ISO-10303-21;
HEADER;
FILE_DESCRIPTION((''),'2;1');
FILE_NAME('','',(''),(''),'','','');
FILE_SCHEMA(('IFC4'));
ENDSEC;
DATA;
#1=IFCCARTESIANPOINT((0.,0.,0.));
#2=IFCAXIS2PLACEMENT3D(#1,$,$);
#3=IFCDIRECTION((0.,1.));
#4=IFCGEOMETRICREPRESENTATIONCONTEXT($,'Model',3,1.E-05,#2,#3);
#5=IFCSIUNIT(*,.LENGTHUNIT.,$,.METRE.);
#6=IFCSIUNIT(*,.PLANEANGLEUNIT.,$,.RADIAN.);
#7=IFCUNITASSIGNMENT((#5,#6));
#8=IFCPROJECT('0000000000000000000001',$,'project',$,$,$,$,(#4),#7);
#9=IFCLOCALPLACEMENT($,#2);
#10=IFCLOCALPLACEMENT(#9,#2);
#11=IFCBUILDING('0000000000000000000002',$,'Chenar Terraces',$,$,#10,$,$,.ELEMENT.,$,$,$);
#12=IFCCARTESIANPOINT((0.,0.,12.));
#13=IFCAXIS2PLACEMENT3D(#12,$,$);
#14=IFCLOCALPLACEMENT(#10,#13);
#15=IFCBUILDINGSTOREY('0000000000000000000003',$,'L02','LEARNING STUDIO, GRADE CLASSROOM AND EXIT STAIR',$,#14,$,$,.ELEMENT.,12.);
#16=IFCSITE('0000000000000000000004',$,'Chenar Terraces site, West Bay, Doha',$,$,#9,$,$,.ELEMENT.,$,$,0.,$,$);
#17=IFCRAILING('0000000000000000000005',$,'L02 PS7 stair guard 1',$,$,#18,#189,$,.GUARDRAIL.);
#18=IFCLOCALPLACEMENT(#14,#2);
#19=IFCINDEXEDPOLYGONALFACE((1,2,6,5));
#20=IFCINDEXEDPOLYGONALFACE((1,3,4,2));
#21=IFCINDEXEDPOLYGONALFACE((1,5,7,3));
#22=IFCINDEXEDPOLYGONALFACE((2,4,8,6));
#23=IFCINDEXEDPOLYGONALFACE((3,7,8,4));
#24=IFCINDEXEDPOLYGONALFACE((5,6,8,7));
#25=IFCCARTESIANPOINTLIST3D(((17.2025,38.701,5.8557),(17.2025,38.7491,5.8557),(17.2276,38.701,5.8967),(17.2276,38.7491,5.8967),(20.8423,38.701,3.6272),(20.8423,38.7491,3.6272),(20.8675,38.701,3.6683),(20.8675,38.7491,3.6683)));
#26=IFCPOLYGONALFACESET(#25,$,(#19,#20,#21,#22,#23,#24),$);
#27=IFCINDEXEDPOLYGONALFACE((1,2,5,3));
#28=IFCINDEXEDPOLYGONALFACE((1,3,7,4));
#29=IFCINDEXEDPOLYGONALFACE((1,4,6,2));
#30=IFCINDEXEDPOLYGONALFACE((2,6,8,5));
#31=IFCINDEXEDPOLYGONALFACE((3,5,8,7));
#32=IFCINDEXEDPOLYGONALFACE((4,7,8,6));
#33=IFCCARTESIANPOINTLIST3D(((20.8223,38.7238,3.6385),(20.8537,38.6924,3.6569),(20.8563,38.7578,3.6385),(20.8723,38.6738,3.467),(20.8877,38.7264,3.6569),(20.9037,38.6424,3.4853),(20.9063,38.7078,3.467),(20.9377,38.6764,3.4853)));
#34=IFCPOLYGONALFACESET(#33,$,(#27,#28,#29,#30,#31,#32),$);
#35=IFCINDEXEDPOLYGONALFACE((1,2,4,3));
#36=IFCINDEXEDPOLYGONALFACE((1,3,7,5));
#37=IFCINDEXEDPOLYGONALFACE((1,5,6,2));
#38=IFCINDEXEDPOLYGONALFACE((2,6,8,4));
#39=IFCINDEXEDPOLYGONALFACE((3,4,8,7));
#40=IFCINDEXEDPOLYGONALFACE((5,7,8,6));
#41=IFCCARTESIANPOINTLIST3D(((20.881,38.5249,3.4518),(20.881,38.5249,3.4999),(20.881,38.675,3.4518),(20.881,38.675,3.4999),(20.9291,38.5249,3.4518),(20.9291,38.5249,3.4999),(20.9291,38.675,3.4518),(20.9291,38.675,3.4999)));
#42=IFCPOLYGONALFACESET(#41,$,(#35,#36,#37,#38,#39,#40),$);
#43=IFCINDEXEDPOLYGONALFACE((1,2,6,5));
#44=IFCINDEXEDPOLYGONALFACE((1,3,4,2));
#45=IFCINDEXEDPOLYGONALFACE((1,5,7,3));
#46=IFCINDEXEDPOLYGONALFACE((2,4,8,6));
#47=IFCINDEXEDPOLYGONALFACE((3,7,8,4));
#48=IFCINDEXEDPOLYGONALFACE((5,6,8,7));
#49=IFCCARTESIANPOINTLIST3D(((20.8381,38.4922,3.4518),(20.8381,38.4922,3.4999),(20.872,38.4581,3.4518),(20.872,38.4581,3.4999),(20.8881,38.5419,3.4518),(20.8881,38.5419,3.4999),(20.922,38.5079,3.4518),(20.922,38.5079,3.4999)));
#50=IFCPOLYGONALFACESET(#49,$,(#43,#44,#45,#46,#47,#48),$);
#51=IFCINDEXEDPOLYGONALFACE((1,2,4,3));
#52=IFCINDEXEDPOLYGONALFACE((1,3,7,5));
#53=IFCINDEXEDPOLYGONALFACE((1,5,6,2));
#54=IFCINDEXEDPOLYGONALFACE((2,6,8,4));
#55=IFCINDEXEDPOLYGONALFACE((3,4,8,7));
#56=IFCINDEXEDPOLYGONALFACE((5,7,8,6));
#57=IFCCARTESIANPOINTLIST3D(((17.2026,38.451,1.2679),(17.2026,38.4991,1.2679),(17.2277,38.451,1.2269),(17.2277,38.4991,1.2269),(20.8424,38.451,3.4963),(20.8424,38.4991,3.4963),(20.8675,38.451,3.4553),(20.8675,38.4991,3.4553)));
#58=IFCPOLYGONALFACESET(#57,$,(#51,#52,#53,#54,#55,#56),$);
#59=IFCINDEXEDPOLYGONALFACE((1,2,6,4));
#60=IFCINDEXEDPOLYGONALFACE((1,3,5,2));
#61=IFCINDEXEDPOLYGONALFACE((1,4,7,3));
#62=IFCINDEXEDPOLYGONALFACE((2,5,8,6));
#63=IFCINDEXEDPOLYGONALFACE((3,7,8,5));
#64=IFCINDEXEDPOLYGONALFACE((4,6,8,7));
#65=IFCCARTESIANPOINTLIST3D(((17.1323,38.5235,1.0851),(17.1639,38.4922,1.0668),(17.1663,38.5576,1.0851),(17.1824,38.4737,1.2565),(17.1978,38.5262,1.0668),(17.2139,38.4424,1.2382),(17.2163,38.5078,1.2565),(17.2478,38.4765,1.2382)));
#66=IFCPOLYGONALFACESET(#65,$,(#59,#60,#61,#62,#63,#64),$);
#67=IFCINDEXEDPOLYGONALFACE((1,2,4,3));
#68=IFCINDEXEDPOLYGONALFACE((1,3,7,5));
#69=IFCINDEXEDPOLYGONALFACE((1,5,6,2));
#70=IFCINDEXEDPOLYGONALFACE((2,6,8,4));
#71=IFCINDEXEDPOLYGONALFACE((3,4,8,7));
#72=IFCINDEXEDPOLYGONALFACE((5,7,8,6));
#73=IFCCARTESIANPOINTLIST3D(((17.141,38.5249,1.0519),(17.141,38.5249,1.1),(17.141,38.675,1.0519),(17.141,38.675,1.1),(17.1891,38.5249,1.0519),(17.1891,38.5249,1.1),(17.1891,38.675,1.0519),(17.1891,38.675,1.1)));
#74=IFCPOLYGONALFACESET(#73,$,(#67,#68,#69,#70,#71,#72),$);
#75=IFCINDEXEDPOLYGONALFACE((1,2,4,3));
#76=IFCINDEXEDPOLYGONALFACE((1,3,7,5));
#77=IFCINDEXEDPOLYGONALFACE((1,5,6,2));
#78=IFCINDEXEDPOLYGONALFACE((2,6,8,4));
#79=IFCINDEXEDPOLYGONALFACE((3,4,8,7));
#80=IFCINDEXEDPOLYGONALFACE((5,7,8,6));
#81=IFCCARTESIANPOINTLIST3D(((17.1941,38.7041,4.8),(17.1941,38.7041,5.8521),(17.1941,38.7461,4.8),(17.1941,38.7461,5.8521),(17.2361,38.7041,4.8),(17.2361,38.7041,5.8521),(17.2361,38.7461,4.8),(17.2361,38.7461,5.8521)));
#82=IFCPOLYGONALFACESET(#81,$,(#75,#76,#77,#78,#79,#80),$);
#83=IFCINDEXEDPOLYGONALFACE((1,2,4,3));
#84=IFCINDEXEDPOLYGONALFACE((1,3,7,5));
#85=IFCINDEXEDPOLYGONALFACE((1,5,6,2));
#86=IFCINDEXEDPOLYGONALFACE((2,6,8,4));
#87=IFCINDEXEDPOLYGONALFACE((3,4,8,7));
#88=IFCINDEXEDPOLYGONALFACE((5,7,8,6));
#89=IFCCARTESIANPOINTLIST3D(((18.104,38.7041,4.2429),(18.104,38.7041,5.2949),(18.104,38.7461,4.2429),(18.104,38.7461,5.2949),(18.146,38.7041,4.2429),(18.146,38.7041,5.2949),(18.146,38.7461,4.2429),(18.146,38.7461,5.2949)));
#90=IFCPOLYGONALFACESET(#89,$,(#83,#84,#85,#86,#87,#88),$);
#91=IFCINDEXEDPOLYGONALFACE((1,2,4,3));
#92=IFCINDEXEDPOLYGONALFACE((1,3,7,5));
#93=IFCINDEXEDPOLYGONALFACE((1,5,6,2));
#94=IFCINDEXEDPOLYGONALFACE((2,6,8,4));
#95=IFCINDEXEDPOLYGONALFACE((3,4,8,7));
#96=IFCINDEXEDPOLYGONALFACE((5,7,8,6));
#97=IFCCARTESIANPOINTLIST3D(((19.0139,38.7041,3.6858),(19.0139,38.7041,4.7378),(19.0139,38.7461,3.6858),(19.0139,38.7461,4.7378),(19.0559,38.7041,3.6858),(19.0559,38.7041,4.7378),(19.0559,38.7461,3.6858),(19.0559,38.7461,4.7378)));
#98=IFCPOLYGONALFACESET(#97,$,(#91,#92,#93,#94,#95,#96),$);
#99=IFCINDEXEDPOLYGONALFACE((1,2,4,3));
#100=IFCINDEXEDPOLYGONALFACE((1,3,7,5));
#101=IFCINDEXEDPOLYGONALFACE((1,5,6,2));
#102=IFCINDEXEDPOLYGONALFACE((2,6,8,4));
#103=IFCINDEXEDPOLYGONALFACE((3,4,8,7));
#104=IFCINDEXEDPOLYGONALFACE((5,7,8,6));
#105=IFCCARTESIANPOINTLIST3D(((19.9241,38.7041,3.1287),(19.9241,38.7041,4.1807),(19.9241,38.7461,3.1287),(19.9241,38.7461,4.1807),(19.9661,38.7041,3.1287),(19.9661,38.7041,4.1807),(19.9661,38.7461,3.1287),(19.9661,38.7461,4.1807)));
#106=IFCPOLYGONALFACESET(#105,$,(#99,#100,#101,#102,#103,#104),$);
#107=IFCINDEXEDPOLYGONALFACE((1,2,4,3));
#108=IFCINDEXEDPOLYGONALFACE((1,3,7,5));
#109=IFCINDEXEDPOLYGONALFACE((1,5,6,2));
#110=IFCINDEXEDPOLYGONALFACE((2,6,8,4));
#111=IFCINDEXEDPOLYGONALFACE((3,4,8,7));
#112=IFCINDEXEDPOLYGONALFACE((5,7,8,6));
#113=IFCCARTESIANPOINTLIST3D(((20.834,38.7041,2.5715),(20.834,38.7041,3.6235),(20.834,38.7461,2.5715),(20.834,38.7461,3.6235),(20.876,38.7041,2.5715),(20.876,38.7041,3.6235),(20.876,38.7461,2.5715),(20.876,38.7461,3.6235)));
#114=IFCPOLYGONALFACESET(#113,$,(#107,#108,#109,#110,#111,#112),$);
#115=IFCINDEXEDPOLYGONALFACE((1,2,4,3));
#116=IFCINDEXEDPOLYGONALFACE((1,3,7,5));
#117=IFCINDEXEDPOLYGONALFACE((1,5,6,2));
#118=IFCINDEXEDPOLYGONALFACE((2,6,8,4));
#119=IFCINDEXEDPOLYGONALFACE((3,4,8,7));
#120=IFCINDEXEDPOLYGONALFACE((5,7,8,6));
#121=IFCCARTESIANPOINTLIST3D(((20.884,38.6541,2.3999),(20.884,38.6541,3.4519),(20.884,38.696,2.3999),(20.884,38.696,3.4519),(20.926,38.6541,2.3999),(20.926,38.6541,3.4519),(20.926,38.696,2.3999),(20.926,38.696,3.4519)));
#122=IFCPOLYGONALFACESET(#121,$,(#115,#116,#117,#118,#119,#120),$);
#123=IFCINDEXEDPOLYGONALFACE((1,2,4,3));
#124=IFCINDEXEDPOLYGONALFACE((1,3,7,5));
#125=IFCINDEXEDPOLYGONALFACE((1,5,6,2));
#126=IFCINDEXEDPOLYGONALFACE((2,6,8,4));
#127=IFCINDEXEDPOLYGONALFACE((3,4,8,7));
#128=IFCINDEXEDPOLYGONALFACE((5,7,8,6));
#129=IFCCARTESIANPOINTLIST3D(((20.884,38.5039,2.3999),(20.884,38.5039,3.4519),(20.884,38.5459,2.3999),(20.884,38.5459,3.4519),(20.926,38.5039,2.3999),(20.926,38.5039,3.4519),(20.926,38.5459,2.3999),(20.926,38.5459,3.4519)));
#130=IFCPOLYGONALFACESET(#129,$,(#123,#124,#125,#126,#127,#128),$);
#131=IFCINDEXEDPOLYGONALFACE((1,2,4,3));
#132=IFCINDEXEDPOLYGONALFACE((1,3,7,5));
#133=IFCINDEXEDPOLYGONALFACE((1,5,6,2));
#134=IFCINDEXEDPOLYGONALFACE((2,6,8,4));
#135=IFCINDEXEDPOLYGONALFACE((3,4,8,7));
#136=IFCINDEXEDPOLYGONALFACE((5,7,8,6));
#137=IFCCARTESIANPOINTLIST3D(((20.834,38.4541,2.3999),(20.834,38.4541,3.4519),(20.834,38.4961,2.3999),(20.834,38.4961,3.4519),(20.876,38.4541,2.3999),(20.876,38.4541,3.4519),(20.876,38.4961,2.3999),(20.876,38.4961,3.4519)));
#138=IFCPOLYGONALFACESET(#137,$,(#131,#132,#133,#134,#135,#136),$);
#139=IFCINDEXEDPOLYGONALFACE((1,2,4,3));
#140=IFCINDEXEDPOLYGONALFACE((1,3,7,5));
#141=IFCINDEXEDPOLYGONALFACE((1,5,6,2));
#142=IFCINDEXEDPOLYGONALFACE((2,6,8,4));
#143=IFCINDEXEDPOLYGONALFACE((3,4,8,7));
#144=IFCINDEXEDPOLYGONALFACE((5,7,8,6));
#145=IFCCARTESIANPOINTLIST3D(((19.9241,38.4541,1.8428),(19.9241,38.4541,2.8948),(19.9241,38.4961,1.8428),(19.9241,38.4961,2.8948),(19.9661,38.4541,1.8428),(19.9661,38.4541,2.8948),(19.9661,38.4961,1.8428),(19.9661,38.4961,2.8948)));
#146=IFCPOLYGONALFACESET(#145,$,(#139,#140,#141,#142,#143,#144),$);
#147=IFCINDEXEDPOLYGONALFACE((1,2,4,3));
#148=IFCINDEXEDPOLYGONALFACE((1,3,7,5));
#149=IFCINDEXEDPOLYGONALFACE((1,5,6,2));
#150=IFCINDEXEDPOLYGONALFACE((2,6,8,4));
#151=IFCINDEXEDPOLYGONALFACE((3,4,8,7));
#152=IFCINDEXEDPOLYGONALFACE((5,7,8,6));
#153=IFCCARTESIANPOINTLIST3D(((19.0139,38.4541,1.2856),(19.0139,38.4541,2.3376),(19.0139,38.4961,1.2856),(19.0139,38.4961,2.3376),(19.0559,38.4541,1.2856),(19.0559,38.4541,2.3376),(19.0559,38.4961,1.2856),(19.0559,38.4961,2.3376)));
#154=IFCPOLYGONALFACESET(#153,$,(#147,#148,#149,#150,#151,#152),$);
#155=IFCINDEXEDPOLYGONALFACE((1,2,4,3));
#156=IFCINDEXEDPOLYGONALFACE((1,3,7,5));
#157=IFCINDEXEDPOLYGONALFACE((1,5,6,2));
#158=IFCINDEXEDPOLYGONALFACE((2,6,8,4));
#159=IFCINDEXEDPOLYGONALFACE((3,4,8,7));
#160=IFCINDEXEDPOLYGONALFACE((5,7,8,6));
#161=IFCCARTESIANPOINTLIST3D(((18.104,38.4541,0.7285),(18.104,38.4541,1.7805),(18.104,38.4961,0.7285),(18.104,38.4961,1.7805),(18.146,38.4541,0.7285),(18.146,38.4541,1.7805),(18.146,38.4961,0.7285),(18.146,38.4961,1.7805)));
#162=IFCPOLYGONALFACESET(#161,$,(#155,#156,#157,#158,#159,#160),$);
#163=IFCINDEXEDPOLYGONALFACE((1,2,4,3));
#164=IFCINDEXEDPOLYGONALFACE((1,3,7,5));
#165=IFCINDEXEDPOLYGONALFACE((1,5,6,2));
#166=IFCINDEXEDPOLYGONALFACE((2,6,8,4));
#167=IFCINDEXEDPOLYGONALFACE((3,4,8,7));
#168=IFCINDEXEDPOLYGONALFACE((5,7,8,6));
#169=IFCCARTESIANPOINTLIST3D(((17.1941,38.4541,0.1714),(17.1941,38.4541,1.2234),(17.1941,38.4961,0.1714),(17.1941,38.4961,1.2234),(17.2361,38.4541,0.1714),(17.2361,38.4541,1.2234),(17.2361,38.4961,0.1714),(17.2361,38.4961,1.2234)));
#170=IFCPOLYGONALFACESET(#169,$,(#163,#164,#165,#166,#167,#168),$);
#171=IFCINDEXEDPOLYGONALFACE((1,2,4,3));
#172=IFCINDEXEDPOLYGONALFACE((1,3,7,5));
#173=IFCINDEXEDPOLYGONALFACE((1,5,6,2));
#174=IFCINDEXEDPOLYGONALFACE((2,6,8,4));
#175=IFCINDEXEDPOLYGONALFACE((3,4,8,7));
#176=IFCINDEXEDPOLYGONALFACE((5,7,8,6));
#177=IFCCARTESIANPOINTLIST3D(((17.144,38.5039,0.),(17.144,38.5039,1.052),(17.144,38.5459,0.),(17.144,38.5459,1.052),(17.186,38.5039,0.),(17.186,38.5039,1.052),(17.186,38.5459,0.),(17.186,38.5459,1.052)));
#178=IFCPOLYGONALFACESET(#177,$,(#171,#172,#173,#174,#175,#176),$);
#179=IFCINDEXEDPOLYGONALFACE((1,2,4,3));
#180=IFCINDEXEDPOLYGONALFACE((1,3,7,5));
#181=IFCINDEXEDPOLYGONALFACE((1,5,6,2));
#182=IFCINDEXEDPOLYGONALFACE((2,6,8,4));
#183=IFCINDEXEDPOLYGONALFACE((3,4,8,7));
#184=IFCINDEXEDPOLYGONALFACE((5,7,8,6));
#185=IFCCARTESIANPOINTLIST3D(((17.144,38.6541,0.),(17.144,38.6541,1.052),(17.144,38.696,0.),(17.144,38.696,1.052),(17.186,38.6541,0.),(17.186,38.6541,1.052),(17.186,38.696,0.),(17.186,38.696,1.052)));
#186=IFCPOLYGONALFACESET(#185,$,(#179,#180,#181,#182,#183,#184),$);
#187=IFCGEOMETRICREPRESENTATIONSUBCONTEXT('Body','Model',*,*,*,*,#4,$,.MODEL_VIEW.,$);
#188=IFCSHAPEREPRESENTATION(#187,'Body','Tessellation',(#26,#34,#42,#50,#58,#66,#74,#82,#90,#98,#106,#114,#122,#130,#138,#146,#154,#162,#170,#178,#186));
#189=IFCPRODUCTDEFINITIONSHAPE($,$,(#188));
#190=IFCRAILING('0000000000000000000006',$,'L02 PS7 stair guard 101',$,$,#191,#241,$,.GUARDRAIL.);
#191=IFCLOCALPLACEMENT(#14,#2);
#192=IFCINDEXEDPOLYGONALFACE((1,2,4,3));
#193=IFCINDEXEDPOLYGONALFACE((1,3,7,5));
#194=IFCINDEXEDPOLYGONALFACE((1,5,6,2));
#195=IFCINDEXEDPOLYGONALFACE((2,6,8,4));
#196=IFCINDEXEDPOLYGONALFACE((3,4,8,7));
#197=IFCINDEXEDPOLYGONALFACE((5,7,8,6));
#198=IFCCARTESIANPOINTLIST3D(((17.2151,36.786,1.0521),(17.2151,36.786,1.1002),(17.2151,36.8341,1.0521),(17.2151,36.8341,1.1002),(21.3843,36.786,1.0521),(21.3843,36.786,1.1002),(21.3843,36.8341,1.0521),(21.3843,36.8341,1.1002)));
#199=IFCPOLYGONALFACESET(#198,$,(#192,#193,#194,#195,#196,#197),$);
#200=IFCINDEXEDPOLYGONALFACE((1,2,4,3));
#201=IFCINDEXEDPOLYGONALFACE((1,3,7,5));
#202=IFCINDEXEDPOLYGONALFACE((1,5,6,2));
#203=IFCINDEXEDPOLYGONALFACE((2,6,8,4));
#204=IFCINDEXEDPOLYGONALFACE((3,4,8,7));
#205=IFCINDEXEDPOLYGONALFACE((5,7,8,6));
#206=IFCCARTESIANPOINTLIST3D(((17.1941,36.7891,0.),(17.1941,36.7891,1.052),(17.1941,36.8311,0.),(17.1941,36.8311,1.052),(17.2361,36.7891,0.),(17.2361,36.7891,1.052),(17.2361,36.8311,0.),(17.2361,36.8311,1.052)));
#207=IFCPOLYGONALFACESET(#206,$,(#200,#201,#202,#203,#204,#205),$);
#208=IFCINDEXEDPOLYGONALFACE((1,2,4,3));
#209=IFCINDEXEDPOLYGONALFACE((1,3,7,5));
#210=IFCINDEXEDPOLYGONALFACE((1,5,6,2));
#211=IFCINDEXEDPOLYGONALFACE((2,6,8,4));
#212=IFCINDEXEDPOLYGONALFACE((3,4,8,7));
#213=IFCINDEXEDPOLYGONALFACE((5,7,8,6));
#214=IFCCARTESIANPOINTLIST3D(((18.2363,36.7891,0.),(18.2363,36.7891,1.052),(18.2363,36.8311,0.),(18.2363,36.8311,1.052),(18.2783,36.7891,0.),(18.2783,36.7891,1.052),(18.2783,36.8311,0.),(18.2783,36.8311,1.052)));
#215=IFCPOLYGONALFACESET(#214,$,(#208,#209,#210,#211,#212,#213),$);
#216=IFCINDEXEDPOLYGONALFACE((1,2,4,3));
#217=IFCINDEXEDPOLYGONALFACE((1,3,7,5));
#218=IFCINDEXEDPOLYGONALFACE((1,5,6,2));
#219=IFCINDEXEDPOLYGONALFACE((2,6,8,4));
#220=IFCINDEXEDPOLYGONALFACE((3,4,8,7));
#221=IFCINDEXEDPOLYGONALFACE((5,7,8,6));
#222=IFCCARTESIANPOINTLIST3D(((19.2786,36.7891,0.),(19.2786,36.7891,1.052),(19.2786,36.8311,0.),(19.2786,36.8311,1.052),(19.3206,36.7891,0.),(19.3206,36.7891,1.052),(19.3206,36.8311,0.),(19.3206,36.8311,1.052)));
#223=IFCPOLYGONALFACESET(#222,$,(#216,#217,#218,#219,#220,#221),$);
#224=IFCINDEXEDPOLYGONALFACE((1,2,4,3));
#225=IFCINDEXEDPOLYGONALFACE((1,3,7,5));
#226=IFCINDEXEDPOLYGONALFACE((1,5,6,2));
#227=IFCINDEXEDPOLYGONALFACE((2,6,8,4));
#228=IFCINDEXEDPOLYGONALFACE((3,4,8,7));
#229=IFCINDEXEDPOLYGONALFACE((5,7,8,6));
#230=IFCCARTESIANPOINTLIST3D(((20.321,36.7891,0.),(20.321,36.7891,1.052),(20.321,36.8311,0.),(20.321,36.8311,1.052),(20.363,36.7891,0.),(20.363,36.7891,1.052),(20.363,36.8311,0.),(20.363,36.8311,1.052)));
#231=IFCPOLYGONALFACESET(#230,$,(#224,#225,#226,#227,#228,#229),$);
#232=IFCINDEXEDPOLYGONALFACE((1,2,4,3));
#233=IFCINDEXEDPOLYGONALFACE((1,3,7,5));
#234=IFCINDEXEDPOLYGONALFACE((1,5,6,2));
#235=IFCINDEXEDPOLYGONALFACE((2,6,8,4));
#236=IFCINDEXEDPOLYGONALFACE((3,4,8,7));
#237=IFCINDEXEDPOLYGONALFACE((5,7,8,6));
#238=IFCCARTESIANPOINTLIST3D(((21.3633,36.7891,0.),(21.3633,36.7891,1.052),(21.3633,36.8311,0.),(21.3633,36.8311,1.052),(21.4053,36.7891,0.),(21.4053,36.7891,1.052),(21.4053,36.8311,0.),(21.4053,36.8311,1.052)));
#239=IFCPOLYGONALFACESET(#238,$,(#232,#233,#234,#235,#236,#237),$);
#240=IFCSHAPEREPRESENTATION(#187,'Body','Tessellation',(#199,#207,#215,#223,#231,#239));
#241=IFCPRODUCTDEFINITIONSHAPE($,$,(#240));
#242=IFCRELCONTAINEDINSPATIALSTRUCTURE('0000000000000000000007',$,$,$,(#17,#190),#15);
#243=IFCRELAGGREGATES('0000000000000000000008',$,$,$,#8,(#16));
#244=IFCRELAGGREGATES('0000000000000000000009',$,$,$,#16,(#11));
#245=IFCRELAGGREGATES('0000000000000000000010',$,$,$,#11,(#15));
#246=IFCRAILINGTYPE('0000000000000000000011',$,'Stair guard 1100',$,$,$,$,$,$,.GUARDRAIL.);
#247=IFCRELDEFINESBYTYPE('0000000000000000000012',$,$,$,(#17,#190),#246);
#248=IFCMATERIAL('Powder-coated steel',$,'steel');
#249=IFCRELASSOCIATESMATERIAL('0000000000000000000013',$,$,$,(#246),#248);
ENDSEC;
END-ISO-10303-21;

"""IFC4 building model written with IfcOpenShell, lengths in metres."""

from ifc_helpers import new_model, si_unit, direction, frame, origin, origin_2d, place, context, subcontext, project, spatial, rectangle, extrude, material, type_object, element, save


model = new_model("IFC4")

# Units and contexts
model_context = context("Model", 3, precision=1e-05, world=origin(), true_north=direction((0.0, 1.0)))
body_context = subcontext(model_context, "Body", "Model", "MODEL_VIEW")
ifc_project = project(units=[si_unit("LENGTHUNIT", "METRE"), si_unit("PLANEANGLEUNIT", "RADIAN")], contexts=[model_context])

# Site, building, storey
site_placement = place(None, origin())
site = spatial("IfcSite", under=ifc_project, at=site_placement, Name="Chenar Terraces site, West Bay, Doha", CompositionType="ELEMENT", RefElevation=0.0)
building_placement = place(site_placement, origin())
building = spatial("IfcBuilding", under=site, at=building_placement, Name="Chenar Terraces", CompositionType="ELEMENT")
storey_placement = place(building_placement, frame((0.0, 0.0, 12.0)))
storey = spatial("IfcBuildingStorey", under=building, at=storey_placement, Name="L02", Description="LEARNING STUDIO, GRADE CLASSROOM AND EXIT STAIR", CompositionType="ELEMENT", Elevation=12.0)

# Railings
ifc_material_1 = material(Name="Powder-coated steel", Category="steel")
railing_type_1 = type_object("IfcRailingType", Name="Stair guard 1100", PredefinedType="GUARDRAIL", material=ifc_material_1)
railing_1_placement = place(storey_placement, frame((17.2151, 38.7251, 4.8)))
element("IfcRailing", 1, at=railing_1_placement, inside=storey, type_object=railing_type_1, Name="L02 PS7 stair guard 1", PredefinedType="GUARDRAIL", context=body_context, shape_type="SweptSolid", body=[
    extrude(rectangle(XDim=0.0481, YDim=0.0481, at=origin_2d()), frame((0.0, 0.0, 1.0762), z_axis=(0.85285, 0.0, -0.522156), x_axis=(0.0, 1.0, 0.0)), (0.0, 0.0, 1.0), 4.2678),
    extrude(rectangle(XDim=0.0481, YDim=0.0481, at=origin_2d()), frame((3.6399, 0.0, -1.1523), z_axis=(0.269583, -0.269583, -0.924473), x_axis=(0.707107, 0.707107, 0.0)), (0.0, 0.0, 1.0), 0.1855),
    extrude(rectangle(XDim=0.0481, YDim=0.0481, at=origin_2d()), frame((3.6899, -0.05, -1.3242), z_axis=(0.0, -1.0, 0.0), x_axis=(1.0, 0.0, 0.0)), (0.0, 0.0, 1.0), 0.1501),
    extrude(rectangle(XDim=0.0481, YDim=0.0481, at=origin_2d()), frame((3.6899, -0.2002, -1.3242), z_axis=(-0.708834, -0.705376, 0.0), x_axis=(0.705376, -0.708834, 0.0)), (0.0, 0.0, 1.0), 0.0706),
    extrude(rectangle(XDim=0.0481, YDim=0.0481, at=origin_2d()), frame((3.6399, -0.25, -1.3242), z_axis=(-0.85285, 0.0, -0.522156), x_axis=(0.0, -1.0, 0.0)), (0.0, 0.0, 1.0), 4.2678),
    extrude(rectangle(XDim=0.0481, YDim=0.0481, at=origin_2d()), frame((0.0, -0.25, -3.5527), z_axis=(-0.270007, 0.26869, -0.924609), x_axis=(-0.705376, -0.708834, 0.0)), (0.0, 0.0, 1.0), 0.1853),
    extrude(rectangle(XDim=0.0481, YDim=0.0481, at=origin_2d()), frame((-0.05, -0.2002, -3.7241), z_axis=(0.0, 1.0, 0.0), x_axis=(-1.0, 0.0, 0.0)), (0.0, 0.0, 1.0), 0.1501),
    extrude(rectangle(XDim=0.042, YDim=0.042, at=origin_2d()), origin(), (0.0, 0.0, 1.0), 1.052),
    extrude(rectangle(XDim=0.042, YDim=0.042, at=origin_2d()), frame((0.9099, 0.0, -0.5571)), (0.0, 0.0, 1.0), 1.052),
    extrude(rectangle(XDim=0.042, YDim=0.042, at=origin_2d()), frame((1.8198, 0.0, -1.1143)), (0.0, 0.0, 1.0), 1.052),
    extrude(rectangle(XDim=0.042, YDim=0.042, at=origin_2d()), frame((2.73, 0.0, -1.6714)), (0.0, 0.0, 1.0), 1.052),
    extrude(rectangle(XDim=0.042, YDim=0.042, at=origin_2d()), frame((3.6399, 0.0, -2.2285)), (0.0, 0.0, 1.0), 1.052),
    extrude(rectangle(XDim=0.042, YDim=0.042, at=origin_2d()), frame((3.6899, -0.05, -2.4001)), (0.0, 0.0, 1.0), 1.052),
    extrude(rectangle(XDim=0.042, YDim=0.042, at=origin_2d()), frame((3.6899, -0.2002, -2.4001)), (0.0, 0.0, 1.0), 1.052),
    extrude(rectangle(XDim=0.042, YDim=0.042, at=origin_2d()), frame((3.6399, -0.25, -2.4001)), (0.0, 0.0, 1.0), 1.052),
    extrude(rectangle(XDim=0.042, YDim=0.042, at=origin_2d()), frame((2.73, -0.25, -2.9573)), (0.0, 0.0, 1.0), 1.052),
    extrude(rectangle(XDim=0.042, YDim=0.042, at=origin_2d()), frame((1.8198, -0.25, -3.5144)), (0.0, 0.0, 1.0), 1.052),
    extrude(rectangle(XDim=0.042, YDim=0.042, at=origin_2d()), frame((0.9099, -0.25, -4.0715)), (0.0, 0.0, 1.0), 1.052),
    extrude(rectangle(XDim=0.042, YDim=0.042, at=origin_2d()), frame((0.0, -0.25, -4.6287)), (0.0, 0.0, 1.0), 1.052),
    extrude(rectangle(XDim=0.042, YDim=0.042, at=origin_2d()), frame((-0.05, -0.2002, -4.8)), (0.0, 0.0, 1.0), 1.052),
    extrude(rectangle(XDim=0.042, YDim=0.042, at=origin_2d()), frame((-0.05, -0.05, -4.8)), (0.0, 0.0, 1.0), 1.052),
])
railing_2_placement = place(storey_placement, frame((17.2151, 36.8101, 0.0)))
element("IfcRailing", 2, at=railing_2_placement, inside=storey, type_object=railing_type_1, Name="L02 PS7 stair guard 101", PredefinedType="GUARDRAIL", context=body_context, shape_type="SweptSolid", body=[
    extrude(rectangle(XDim=0.0481, YDim=0.0481, at=origin_2d()), frame((0.0, 0.0, 1.0762), z_axis=(1.0, 0.0, 0.0), x_axis=(0.0, 1.0, 0.0)), (0.0, 0.0, 1.0), 4.1692),
    extrude(rectangle(XDim=0.042, YDim=0.042, at=origin_2d()), origin(), (0.0, 0.0, 1.0), 1.052),
    extrude(rectangle(XDim=0.042, YDim=0.042, at=origin_2d()), frame((1.0422, 0.0, 0.0)), (0.0, 0.0, 1.0), 1.052),
    extrude(rectangle(XDim=0.042, YDim=0.042, at=origin_2d()), frame((2.0845, 0.0, 0.0)), (0.0, 0.0, 1.0), 1.052),
    extrude(rectangle(XDim=0.042, YDim=0.042, at=origin_2d()), frame((3.127, 0.0, 0.0)), (0.0, 0.0, 1.0), 1.052),
    extrude(rectangle(XDim=0.042, YDim=0.042, at=origin_2d()), frame((4.1692, 0.0, 0.0)), (0.0, 0.0, 1.0), 1.052),
])

save(model, "model.ifc")
